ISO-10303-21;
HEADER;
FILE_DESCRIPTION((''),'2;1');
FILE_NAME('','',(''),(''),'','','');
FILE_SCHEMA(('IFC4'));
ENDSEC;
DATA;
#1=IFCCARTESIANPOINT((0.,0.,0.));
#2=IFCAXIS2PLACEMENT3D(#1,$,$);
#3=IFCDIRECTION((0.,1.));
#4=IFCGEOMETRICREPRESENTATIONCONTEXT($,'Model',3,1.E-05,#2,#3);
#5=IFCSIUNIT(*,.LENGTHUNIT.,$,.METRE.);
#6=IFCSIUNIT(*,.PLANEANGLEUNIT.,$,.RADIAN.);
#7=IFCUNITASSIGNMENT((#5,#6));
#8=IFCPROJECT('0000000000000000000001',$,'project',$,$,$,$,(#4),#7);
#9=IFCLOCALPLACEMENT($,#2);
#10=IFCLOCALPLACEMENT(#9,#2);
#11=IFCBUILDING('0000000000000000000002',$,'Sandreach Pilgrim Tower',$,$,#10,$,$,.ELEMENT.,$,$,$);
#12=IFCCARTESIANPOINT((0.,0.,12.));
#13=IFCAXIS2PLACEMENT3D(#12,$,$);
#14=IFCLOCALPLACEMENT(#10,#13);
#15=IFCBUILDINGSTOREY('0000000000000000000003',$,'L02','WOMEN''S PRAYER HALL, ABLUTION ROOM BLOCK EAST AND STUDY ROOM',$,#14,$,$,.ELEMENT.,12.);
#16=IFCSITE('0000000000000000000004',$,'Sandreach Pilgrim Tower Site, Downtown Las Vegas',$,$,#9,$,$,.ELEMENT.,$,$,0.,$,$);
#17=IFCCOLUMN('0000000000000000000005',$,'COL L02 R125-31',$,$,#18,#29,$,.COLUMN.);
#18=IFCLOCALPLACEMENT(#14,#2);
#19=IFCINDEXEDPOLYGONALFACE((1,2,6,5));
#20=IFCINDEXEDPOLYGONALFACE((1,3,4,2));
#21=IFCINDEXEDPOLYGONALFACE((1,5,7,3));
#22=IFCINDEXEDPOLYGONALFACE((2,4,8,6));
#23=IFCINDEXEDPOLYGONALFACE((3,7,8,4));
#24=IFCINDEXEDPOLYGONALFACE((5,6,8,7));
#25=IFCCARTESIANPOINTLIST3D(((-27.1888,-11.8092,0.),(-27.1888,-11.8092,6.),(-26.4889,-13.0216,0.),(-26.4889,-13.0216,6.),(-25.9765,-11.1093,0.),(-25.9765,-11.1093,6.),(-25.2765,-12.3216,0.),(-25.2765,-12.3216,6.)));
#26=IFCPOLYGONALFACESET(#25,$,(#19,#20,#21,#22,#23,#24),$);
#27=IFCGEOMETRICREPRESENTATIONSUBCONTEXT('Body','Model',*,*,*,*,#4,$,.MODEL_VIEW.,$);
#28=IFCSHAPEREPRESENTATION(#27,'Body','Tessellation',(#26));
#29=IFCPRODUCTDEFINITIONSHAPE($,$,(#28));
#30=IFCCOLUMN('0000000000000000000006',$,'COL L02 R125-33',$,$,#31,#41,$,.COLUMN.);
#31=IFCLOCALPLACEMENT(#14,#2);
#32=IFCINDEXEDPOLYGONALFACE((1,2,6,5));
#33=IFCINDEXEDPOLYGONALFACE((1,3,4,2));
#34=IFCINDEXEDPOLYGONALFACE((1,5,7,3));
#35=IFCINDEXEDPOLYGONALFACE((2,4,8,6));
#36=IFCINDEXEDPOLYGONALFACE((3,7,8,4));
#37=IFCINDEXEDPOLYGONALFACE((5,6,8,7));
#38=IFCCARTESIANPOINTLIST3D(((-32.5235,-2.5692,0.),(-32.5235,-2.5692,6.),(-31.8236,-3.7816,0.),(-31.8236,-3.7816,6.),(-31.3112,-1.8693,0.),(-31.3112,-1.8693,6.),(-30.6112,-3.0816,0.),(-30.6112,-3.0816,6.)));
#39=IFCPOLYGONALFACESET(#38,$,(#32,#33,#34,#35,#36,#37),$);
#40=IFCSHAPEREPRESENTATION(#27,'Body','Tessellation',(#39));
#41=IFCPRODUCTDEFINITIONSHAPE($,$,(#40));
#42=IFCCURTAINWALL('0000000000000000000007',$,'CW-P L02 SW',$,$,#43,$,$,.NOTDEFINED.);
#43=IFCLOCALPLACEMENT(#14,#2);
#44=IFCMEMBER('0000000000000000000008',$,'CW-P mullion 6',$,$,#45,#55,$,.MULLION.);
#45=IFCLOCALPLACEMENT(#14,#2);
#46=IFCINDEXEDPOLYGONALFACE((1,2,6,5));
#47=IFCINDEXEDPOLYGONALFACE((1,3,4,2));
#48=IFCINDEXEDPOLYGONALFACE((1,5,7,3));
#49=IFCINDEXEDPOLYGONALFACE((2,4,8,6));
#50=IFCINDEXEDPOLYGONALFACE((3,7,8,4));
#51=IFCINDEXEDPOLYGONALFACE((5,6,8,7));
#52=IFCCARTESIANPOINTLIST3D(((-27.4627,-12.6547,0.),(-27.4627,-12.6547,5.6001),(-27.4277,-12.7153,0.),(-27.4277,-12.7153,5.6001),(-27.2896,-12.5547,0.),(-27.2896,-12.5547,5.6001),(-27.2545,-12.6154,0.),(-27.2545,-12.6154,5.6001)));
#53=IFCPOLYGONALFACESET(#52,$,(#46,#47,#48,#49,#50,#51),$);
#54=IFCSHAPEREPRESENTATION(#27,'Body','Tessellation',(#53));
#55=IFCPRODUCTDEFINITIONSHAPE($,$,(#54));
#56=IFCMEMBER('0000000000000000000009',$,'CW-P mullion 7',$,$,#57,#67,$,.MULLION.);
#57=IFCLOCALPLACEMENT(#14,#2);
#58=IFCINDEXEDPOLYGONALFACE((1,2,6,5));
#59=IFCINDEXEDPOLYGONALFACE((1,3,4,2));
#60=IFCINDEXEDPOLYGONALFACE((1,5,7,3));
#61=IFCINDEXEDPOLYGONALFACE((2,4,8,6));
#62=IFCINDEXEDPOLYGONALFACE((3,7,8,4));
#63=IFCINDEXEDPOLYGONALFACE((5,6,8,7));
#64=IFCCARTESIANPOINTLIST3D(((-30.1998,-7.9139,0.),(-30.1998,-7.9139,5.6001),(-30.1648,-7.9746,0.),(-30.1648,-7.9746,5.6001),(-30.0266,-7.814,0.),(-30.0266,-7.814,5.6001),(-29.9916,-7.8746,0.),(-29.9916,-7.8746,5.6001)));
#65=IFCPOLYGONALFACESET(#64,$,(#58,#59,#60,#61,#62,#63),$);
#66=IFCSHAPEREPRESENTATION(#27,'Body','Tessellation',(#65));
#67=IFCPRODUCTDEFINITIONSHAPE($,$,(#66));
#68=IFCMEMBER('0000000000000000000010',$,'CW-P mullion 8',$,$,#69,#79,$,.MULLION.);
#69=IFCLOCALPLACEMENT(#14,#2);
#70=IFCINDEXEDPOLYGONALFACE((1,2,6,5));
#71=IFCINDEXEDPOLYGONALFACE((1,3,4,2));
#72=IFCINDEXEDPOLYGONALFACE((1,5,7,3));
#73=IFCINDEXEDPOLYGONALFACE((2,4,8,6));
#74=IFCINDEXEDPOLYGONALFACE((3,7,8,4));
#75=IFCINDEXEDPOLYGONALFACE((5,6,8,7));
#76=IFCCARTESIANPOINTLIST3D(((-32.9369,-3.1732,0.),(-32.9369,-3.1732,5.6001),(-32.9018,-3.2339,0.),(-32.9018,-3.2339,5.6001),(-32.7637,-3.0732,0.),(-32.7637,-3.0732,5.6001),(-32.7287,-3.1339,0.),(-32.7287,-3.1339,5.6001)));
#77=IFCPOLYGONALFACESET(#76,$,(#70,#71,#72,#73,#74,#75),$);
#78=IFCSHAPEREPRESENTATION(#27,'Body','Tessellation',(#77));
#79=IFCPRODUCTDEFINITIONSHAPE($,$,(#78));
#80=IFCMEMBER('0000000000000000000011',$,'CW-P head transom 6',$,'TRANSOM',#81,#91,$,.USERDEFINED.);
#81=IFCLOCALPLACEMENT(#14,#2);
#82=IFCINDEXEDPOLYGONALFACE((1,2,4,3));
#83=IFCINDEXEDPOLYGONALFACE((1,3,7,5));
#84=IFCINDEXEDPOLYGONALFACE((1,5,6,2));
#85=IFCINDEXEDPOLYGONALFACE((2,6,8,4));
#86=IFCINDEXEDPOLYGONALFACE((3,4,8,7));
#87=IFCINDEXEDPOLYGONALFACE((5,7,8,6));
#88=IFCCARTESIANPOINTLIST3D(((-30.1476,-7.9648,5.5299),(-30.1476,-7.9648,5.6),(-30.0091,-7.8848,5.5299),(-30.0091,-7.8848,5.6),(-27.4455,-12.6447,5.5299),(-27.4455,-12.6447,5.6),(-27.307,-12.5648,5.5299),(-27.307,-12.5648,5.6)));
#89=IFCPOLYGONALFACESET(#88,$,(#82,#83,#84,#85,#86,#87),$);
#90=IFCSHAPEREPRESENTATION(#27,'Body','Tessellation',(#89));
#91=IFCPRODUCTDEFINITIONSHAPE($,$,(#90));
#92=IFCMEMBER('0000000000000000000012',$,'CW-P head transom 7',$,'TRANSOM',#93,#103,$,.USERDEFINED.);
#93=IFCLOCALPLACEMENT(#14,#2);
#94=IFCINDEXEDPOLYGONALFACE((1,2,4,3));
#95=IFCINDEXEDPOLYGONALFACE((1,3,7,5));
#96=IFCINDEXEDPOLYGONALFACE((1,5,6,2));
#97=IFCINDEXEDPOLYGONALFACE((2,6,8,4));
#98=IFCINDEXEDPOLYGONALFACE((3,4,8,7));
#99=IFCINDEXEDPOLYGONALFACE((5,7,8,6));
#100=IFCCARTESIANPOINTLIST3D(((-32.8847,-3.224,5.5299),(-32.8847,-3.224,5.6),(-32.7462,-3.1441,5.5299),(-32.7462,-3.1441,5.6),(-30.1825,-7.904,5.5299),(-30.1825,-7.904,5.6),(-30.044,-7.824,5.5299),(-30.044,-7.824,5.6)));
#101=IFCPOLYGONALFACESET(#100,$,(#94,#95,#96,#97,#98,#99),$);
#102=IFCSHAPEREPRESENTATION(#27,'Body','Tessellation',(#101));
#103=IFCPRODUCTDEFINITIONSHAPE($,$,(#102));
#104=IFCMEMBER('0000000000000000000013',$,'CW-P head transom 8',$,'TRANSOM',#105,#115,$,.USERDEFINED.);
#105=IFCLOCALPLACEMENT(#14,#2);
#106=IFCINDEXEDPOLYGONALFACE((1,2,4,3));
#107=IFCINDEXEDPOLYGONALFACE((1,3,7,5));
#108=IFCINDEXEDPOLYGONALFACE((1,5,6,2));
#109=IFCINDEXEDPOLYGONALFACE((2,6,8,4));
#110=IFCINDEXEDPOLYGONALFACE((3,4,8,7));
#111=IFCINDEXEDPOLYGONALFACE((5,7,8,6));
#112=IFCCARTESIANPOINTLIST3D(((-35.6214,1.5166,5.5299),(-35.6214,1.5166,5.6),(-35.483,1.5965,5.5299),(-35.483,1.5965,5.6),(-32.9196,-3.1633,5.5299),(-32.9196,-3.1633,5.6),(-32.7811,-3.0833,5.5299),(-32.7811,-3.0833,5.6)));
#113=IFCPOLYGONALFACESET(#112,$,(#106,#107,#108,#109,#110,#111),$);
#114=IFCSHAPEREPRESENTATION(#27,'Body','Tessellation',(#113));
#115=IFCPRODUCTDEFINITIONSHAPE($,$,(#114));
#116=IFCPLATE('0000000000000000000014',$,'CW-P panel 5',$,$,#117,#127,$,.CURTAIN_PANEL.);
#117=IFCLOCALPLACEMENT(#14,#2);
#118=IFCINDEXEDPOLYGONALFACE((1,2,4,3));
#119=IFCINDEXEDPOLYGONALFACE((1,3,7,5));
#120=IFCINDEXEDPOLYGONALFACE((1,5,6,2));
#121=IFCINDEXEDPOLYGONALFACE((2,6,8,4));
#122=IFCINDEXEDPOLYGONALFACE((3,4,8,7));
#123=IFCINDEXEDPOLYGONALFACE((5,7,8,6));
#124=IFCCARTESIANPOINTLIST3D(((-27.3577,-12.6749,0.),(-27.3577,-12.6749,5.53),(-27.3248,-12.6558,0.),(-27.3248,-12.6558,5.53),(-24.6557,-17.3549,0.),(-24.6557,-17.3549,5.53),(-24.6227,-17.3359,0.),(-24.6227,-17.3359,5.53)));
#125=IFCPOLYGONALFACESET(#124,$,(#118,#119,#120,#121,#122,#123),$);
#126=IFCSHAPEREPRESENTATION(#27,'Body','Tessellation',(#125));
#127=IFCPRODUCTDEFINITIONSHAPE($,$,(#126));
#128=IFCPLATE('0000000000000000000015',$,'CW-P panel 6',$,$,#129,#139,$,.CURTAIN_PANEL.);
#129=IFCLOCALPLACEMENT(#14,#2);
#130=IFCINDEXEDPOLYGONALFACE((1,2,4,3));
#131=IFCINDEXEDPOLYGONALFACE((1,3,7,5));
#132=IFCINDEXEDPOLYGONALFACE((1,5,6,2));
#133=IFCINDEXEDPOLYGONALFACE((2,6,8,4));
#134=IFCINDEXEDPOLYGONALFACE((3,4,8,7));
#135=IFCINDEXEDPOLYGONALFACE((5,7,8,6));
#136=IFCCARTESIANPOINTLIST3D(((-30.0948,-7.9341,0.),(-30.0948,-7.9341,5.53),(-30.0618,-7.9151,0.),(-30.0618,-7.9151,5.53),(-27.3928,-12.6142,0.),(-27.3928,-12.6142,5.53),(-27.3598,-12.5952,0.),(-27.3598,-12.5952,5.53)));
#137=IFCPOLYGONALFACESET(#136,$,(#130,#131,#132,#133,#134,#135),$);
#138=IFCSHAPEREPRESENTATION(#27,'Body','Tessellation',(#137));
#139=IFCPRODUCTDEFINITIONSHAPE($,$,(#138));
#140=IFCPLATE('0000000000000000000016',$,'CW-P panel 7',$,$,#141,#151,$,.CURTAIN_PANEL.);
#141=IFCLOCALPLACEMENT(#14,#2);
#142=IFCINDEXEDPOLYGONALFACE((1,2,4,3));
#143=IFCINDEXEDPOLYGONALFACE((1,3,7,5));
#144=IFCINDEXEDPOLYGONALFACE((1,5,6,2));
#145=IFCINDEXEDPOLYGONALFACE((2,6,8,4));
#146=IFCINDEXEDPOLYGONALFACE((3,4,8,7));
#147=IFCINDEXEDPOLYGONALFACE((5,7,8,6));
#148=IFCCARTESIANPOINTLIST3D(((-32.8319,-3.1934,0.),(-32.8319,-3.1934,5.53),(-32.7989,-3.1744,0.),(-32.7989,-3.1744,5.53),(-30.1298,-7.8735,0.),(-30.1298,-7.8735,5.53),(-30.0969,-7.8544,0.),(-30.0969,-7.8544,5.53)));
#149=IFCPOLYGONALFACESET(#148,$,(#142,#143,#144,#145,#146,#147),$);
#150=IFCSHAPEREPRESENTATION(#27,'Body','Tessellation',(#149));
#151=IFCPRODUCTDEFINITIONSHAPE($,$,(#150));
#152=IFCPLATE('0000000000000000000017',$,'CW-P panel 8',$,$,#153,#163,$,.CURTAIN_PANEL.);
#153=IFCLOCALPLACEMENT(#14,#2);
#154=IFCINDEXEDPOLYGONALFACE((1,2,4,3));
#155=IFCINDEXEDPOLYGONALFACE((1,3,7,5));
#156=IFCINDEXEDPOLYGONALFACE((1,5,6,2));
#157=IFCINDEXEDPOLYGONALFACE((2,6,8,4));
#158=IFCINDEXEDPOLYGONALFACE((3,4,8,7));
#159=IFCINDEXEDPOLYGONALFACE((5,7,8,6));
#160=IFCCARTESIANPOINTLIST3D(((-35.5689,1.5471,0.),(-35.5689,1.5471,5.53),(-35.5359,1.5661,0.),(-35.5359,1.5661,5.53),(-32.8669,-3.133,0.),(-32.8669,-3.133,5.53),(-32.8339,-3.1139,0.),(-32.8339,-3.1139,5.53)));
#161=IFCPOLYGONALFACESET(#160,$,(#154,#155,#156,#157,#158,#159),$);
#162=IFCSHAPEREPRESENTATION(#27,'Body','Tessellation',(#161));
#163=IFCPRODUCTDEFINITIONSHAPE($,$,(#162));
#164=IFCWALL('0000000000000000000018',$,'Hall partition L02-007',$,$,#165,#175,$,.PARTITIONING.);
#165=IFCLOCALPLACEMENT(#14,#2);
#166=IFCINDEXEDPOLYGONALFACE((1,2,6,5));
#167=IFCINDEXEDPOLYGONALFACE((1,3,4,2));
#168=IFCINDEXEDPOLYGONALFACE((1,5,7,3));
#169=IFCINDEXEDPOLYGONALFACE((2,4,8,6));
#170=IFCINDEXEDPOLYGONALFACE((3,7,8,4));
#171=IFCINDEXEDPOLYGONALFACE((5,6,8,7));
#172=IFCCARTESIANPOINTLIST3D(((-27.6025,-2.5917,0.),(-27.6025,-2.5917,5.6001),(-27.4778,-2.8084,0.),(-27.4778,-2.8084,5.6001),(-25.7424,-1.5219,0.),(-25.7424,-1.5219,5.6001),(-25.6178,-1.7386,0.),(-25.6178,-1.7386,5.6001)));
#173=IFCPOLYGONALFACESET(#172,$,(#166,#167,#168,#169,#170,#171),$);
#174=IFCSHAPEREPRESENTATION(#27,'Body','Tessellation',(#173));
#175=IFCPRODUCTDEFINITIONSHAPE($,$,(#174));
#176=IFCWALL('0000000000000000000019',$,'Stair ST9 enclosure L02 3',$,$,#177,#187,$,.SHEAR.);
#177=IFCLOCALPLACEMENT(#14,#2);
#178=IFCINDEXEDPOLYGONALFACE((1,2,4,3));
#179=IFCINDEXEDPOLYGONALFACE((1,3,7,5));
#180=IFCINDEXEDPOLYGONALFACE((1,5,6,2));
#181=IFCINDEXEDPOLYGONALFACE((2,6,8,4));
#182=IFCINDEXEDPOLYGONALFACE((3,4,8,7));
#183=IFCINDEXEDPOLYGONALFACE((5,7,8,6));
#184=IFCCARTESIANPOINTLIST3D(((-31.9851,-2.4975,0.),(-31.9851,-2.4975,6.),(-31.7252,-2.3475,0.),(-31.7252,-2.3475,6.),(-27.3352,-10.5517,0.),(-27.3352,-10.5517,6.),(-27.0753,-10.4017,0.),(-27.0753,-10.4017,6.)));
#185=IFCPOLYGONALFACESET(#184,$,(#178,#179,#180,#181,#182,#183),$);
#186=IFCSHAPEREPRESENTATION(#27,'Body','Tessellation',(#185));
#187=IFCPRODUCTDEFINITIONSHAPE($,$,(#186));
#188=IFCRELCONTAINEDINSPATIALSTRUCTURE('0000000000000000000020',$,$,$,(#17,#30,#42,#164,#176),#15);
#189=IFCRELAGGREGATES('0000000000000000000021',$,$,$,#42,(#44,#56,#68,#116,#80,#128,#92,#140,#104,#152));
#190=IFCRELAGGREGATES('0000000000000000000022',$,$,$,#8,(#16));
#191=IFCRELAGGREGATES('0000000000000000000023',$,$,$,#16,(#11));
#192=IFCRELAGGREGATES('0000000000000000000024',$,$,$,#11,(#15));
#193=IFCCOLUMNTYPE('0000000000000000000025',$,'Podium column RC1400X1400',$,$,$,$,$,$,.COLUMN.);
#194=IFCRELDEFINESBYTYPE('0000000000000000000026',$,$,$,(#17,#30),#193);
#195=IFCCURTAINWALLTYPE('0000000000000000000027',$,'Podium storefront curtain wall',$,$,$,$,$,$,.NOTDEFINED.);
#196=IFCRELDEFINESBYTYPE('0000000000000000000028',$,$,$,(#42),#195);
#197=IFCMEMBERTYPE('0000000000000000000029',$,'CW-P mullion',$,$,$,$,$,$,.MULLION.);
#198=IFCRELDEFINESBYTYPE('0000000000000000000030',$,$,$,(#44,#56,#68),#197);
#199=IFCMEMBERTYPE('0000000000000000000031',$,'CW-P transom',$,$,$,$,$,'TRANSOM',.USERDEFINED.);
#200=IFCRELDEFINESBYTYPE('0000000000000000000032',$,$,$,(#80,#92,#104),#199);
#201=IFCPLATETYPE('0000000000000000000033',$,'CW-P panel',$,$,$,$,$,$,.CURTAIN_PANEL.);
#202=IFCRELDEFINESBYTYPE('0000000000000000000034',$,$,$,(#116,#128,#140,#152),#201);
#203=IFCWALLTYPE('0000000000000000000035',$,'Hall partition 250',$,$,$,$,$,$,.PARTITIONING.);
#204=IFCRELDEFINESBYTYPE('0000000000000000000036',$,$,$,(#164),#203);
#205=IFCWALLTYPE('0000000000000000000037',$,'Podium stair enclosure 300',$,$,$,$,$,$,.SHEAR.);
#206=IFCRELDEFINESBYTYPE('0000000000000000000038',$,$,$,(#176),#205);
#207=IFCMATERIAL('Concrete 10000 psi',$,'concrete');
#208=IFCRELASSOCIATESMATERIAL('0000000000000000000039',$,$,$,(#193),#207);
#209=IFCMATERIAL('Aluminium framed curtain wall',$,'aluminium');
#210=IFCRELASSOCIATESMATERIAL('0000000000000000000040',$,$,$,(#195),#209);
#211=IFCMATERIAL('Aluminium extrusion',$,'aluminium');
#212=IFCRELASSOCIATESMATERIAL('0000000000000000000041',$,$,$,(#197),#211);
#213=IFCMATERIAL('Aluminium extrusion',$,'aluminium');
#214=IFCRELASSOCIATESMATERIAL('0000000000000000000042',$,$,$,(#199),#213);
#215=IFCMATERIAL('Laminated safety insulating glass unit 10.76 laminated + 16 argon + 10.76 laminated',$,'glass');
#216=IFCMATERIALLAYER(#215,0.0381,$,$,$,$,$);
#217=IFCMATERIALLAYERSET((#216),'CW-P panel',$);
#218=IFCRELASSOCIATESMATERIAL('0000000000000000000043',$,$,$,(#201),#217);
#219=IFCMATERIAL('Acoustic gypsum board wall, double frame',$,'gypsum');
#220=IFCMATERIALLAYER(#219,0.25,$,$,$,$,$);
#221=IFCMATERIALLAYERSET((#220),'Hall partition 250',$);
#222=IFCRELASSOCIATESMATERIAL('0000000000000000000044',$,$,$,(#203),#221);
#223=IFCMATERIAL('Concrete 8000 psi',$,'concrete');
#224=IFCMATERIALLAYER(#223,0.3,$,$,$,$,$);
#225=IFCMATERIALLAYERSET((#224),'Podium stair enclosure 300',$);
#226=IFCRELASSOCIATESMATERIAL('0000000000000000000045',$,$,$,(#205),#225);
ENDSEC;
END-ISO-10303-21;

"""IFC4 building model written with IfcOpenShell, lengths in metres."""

from ifc_helpers import new_model, si_unit, direction, frame, frame_2d, origin, origin_2d, place, context, subcontext, project, spatial, rectangle, extrude, material, layer, layer_set, material_profile, profile_set, type_object, element, aggregate, save


model = new_model("IFC4")

# Units and contexts
model_context = context("Model", 3, precision=1e-05, world=origin(), true_north=direction((0.0, 1.0)))
body_context = subcontext(model_context, "Body", "Model", "MODEL_VIEW")
ifc_project = project(units=[si_unit("LENGTHUNIT", "METRE"), si_unit("PLANEANGLEUNIT", "RADIAN")], contexts=[model_context])

# Site, building, storey
site_placement = place(None, origin())
site = spatial("IfcSite", under=ifc_project, at=site_placement, Name="Sandreach Pilgrim Tower Site, Downtown Las Vegas", CompositionType="ELEMENT", RefElevation=0.0)
building_placement = place(site_placement, origin())
building = spatial("IfcBuilding", under=site, at=building_placement, Name="Sandreach Pilgrim Tower", CompositionType="ELEMENT")
storey_placement = place(building_placement, frame((0.0, 0.0, 12.0)))
storey = spatial("IfcBuildingStorey", under=building, at=storey_placement, Name="L02", Description="WOMEN'S PRAYER HALL, ABLUTION ROOM BLOCK EAST AND STUDY ROOM", CompositionType="ELEMENT", Elevation=12.0)

# Columns
ifc_material_1 = material(Name="Concrete 10000 psi", Category="concrete")
ifc_material_profile_1 = material_profile(ifc_material_1, rectangle(XDim=1.3999, YDim=1.3999, at=origin_2d()), Name="RC1400X1400")
ifc_profile_set_1 = profile_set([ifc_material_profile_1], Name="Concrete 10000 psi")
column_type = type_object("IfcColumnType", Name="Podium column RC1400X1400", PredefinedType="COLUMN", material=ifc_profile_set_1)
for number, where, z_axis, x_axis, name in (
    (1, (-26.2327, -12.0654, 0.0), (0.0, 0.0, 1.0), (-0.866025, -0.5, 0.0), "COL L02 R125-31"),
    (2, (-31.5674, -2.8254, 0.0), (0.0, 0.0, 1.0), (-0.866025, -0.5, 0.0), "COL L02 R125-33"),
):
    element("IfcColumn", number, at=place(storey_placement, frame(where, z_axis=z_axis, x_axis=x_axis)), inside=storey, type_object=column_type, Name=name, PredefinedType="COLUMN", context=body_context, shape_type="SweptSolid", body=[
        extrude(rectangle(XDim=1.3999, YDim=1.3999, at=origin_2d()), origin(), (0.0, 0.0, 1.0), 6.0),
    ])

# Curtain wall, members, plates
ifc_material_2 = material(Name="Aluminium framed curtain wall", Category="aluminium")
curtain_wall_type = type_object("IfcCurtainWallType", Name="Podium storefront curtain wall", PredefinedType="NOTDEFINED", material=ifc_material_2)
curtain_wall_placement = place(storey_placement, origin())
curtain_wall = element("IfcCurtainWall", 3, at=curtain_wall_placement, inside=storey, type_object=curtain_wall_type, Name="CW-P L02 SW", PredefinedType="NOTDEFINED")
ifc_material_3 = material(Name="Aluminium extrusion", Category="aluminium")
ifc_material_profile_2 = material_profile(ifc_material_3, rectangle(XDim=0.0701, YDim=0.2, at=origin_2d()), Name="CW-PM 70X200")
ifc_profile_set_2 = profile_set([ifc_material_profile_2], Name="Aluminium extrusion")
member_type_1 = type_object("IfcMemberType", Name="CW-P mullion", PredefinedType="MULLION", material=ifc_profile_set_2)
member_1_placement = place(storey_placement, frame((-27.3586, -12.635, 0.0), z_axis=(0.0, 0.0, 1.0), x_axis=(-0.5, 0.866025, 0.0)))
member_1 = element("IfcMember", 4, at=member_1_placement, type_object=member_type_1, Name="CW-P mullion 6", PredefinedType="MULLION", context=body_context, shape_type="SweptSolid", body=[
    extrude(rectangle(XDim=0.0701, YDim=0.2, at=origin_2d()), origin(), (0.0, 0.0, 1.0), 5.6001),
])
member_2_placement = place(storey_placement, frame((-30.0957, -7.8943, 0.0), z_axis=(0.0, 0.0, 1.0), x_axis=(-0.5, 0.866025, 0.0)))
member_2 = element("IfcMember", 5, at=member_2_placement, type_object=member_type_1, Name="CW-P mullion 7", PredefinedType="MULLION", context=body_context, shape_type="SweptSolid", body=[
    extrude(rectangle(XDim=0.0701, YDim=0.2, at=origin_2d()), origin(), (0.0, 0.0, 1.0), 5.6001),
])
member_3_placement = place(storey_placement, frame((-32.8328, -3.1536, 0.0), z_axis=(0.0, 0.0, 1.0), x_axis=(-0.5, 0.866025, 0.0)))
member_3 = element("IfcMember", 6, at=member_3_placement, type_object=member_type_1, Name="CW-P mullion 8", PredefinedType="MULLION", context=body_context, shape_type="SweptSolid", body=[
    extrude(rectangle(XDim=0.0701, YDim=0.2, at=origin_2d()), origin(), (0.0, 0.0, 1.0), 5.6001),
])
ifc_material_4 = material(Name="Aluminium extrusion", Category="aluminium")
ifc_material_profile_3 = material_profile(ifc_material_4, rectangle(XDim=0.1599, YDim=0.0701, at=origin_2d()), Name="CW-PT 160X70")
ifc_profile_set_3 = profile_set([ifc_material_profile_3], Name="Aluminium extrusion")
member_type_2 = type_object("IfcMemberType", Name="CW-P transom", ElementType="TRANSOM", PredefinedType="USERDEFINED", material=ifc_profile_set_3)
member_4_placement = place(storey_placement, frame((-27.3762, -12.6047, 5.5649), z_axis=(-0.500026, 0.86601, 0.0), x_axis=(-0.86601, -0.500026, 0.0)))
member_4 = element("IfcMember", 7, at=member_4_placement, type_object=member_type_2, Name="CW-P head transom 6", ObjectType="TRANSOM", PredefinedType="USERDEFINED", context=body_context, shape_type="SweptSolid", body=[
    extrude(rectangle(XDim=0.1599, YDim=0.0701, at=origin_2d()), origin(), (0.0, 0.0, 1.0), 5.4041),
])
member_5_placement = place(storey_placement, frame((-30.1133, -7.864, 5.5649), z_axis=(-0.500026, 0.86601, 0.0), x_axis=(-0.86601, -0.500026, 0.0)))
member_5 = element("IfcMember", 8, at=member_5_placement, type_object=member_type_2, Name="CW-P head transom 7", ObjectType="TRANSOM", PredefinedType="USERDEFINED", context=body_context, shape_type="SweptSolid", body=[
    extrude(rectangle(XDim=0.1599, YDim=0.0701, at=origin_2d()), origin(), (0.0, 0.0, 1.0), 5.4041),
])
member_6_placement = place(storey_placement, frame((-32.8503, -3.1233, 5.5649), z_axis=(-0.499992, 0.86603, 0.0), x_axis=(-0.86603, -0.499992, 0.0)))
member_6 = element("IfcMember", 9, at=member_6_placement, type_object=member_type_2, Name="CW-P head transom 8", ObjectType="TRANSOM", PredefinedType="USERDEFINED", context=body_context, shape_type="SweptSolid", body=[
    extrude(rectangle(XDim=0.1599, YDim=0.0701, at=origin_2d()), origin(), (0.0, 0.0, 1.0), 5.4038),
])
ifc_material_5 = material(Name="Laminated safety insulating glass unit 10.76 laminated + 16 argon + 10.76 laminated", Category="glass")
ifc_layer_1 = layer(ifc_material_5, 0.0381)
ifc_layer_set_1 = layer_set([ifc_layer_1], Name="CW-P panel")
plate_type = type_object("IfcPlateType", Name="CW-P panel", PredefinedType="CURTAIN_PANEL", material=ifc_layer_set_1)
plate_1_placement = place(storey_placement, frame((-25.9902, -15.0054, 0.0), z_axis=(0.0, 0.0, 1.0), x_axis=(-0.5, 0.866025, 0.0)))
plate_1 = element("IfcPlate", 10, at=plate_1_placement, type_object=plate_type, Name="CW-P panel 5", PredefinedType="CURTAIN_PANEL", context=body_context, shape_type="SweptSolid", body=[
    extrude(rectangle(XDim=5.4041, YDim=0.0381, at=origin_2d()), origin(), (0.0, 0.0, 1.0), 5.53),
])
plate_2_placement = place(storey_placement, frame((-28.7273, -10.2646, 0.0), z_axis=(0.0, 0.0, 1.0), x_axis=(-0.5, 0.866025, 0.0)))
plate_2 = element("IfcPlate", 11, at=plate_2_placement, type_object=plate_type, Name="CW-P panel 6", PredefinedType="CURTAIN_PANEL", context=body_context, shape_type="SweptSolid", body=[
    extrude(rectangle(XDim=5.4041, YDim=0.0381, at=origin_2d()), origin(), (0.0, 0.0, 1.0), 5.53),
])
plate_3_placement = place(storey_placement, frame((-31.4644, -5.5239, 0.0), z_axis=(0.0, 0.0, 1.0), x_axis=(-0.5, 0.866025, 0.0)))
plate_3 = element("IfcPlate", 12, at=plate_3_placement, type_object=plate_type, Name="CW-P panel 7", PredefinedType="CURTAIN_PANEL", context=body_context, shape_type="SweptSolid", body=[
    extrude(rectangle(XDim=5.4041, YDim=0.0381, at=origin_2d()), origin(), (0.0, 0.0, 1.0), 5.53),
])
plate_4_placement = place(storey_placement, frame((-34.2014, -0.7834, 0.0), z_axis=(0.0, 0.0, 1.0), x_axis=(-0.5, 0.866025, 0.0)))
plate_4 = element("IfcPlate", 13, at=plate_4_placement, type_object=plate_type, Name="CW-P panel 8", PredefinedType="CURTAIN_PANEL", context=body_context, shape_type="SweptSolid", body=[
    extrude(rectangle(XDim=5.4041, YDim=0.0381, at=origin_2d()), origin(), (0.0, 0.0, 1.0), 5.53),
])
aggregate(curtain_wall, [member_1, member_2, member_3, plate_1, member_4, plate_2, member_5, plate_3, member_6, plate_4])

# Wall
ifc_material_6 = material(Name="Acoustic gypsum board wall, double frame", Category="gypsum")
ifc_layer_2 = layer(ifc_material_6, 0.25)
ifc_layer_set_2 = layer_set([ifc_layer_2], Name="Hall partition 250")
wall_type_1 = type_object("IfcWallType", Name="Hall partition 250", PredefinedType="PARTITIONING", material=ifc_layer_set_2)
wall_1_placement = place(storey_placement, frame((-27.54, -2.7, 0.0), z_axis=(0.0, 0.0, 1.0), x_axis=(0.866853, 0.498563, 0.0)))
element("IfcWall", 14, at=wall_1_placement, inside=storey, type_object=wall_type_1, Name="Hall partition L02-007", PredefinedType="PARTITIONING", context=body_context, shape_type="SweptSolid", body=[
    extrude(rectangle(XDim=2.1458, YDim=0.25, at=frame_2d((1.0728, 0.0))), origin(), (0.0, 0.0, 1.0), 5.6001),
])

# Shared definitions
ifc_material_7 = material(Name="Concrete 8000 psi", Category="concrete")
ifc_layer_3 = layer(ifc_material_7, 0.3)
ifc_layer_set_3 = layer_set([ifc_layer_3], Name="Podium stair enclosure 300")
wall_type_2 = type_object("IfcWallType", Name="Podium stair enclosure 300", PredefinedType="SHEAR", material=ifc_layer_set_3)

# Wall
wall_2_placement = place(storey_placement, frame((-27.2053, -10.4766, 0.0), z_axis=(0.0, 0.0, 1.0), x_axis=(-0.499985, 0.866034, 0.0)))
element("IfcWall", 15, at=wall_2_placement, inside=storey, type_object=wall_type_2, Name="Stair ST9 enclosure L02 3", PredefinedType="SHEAR", context=body_context, shape_type="SweptSolid", body=[
    extrude(rectangle(XDim=9.3, YDim=0.3, at=frame_2d((4.6499, 0.0))), origin(), (0.0, 0.0, 1.0), 6.0),
])

save(model, "model.ifc")
